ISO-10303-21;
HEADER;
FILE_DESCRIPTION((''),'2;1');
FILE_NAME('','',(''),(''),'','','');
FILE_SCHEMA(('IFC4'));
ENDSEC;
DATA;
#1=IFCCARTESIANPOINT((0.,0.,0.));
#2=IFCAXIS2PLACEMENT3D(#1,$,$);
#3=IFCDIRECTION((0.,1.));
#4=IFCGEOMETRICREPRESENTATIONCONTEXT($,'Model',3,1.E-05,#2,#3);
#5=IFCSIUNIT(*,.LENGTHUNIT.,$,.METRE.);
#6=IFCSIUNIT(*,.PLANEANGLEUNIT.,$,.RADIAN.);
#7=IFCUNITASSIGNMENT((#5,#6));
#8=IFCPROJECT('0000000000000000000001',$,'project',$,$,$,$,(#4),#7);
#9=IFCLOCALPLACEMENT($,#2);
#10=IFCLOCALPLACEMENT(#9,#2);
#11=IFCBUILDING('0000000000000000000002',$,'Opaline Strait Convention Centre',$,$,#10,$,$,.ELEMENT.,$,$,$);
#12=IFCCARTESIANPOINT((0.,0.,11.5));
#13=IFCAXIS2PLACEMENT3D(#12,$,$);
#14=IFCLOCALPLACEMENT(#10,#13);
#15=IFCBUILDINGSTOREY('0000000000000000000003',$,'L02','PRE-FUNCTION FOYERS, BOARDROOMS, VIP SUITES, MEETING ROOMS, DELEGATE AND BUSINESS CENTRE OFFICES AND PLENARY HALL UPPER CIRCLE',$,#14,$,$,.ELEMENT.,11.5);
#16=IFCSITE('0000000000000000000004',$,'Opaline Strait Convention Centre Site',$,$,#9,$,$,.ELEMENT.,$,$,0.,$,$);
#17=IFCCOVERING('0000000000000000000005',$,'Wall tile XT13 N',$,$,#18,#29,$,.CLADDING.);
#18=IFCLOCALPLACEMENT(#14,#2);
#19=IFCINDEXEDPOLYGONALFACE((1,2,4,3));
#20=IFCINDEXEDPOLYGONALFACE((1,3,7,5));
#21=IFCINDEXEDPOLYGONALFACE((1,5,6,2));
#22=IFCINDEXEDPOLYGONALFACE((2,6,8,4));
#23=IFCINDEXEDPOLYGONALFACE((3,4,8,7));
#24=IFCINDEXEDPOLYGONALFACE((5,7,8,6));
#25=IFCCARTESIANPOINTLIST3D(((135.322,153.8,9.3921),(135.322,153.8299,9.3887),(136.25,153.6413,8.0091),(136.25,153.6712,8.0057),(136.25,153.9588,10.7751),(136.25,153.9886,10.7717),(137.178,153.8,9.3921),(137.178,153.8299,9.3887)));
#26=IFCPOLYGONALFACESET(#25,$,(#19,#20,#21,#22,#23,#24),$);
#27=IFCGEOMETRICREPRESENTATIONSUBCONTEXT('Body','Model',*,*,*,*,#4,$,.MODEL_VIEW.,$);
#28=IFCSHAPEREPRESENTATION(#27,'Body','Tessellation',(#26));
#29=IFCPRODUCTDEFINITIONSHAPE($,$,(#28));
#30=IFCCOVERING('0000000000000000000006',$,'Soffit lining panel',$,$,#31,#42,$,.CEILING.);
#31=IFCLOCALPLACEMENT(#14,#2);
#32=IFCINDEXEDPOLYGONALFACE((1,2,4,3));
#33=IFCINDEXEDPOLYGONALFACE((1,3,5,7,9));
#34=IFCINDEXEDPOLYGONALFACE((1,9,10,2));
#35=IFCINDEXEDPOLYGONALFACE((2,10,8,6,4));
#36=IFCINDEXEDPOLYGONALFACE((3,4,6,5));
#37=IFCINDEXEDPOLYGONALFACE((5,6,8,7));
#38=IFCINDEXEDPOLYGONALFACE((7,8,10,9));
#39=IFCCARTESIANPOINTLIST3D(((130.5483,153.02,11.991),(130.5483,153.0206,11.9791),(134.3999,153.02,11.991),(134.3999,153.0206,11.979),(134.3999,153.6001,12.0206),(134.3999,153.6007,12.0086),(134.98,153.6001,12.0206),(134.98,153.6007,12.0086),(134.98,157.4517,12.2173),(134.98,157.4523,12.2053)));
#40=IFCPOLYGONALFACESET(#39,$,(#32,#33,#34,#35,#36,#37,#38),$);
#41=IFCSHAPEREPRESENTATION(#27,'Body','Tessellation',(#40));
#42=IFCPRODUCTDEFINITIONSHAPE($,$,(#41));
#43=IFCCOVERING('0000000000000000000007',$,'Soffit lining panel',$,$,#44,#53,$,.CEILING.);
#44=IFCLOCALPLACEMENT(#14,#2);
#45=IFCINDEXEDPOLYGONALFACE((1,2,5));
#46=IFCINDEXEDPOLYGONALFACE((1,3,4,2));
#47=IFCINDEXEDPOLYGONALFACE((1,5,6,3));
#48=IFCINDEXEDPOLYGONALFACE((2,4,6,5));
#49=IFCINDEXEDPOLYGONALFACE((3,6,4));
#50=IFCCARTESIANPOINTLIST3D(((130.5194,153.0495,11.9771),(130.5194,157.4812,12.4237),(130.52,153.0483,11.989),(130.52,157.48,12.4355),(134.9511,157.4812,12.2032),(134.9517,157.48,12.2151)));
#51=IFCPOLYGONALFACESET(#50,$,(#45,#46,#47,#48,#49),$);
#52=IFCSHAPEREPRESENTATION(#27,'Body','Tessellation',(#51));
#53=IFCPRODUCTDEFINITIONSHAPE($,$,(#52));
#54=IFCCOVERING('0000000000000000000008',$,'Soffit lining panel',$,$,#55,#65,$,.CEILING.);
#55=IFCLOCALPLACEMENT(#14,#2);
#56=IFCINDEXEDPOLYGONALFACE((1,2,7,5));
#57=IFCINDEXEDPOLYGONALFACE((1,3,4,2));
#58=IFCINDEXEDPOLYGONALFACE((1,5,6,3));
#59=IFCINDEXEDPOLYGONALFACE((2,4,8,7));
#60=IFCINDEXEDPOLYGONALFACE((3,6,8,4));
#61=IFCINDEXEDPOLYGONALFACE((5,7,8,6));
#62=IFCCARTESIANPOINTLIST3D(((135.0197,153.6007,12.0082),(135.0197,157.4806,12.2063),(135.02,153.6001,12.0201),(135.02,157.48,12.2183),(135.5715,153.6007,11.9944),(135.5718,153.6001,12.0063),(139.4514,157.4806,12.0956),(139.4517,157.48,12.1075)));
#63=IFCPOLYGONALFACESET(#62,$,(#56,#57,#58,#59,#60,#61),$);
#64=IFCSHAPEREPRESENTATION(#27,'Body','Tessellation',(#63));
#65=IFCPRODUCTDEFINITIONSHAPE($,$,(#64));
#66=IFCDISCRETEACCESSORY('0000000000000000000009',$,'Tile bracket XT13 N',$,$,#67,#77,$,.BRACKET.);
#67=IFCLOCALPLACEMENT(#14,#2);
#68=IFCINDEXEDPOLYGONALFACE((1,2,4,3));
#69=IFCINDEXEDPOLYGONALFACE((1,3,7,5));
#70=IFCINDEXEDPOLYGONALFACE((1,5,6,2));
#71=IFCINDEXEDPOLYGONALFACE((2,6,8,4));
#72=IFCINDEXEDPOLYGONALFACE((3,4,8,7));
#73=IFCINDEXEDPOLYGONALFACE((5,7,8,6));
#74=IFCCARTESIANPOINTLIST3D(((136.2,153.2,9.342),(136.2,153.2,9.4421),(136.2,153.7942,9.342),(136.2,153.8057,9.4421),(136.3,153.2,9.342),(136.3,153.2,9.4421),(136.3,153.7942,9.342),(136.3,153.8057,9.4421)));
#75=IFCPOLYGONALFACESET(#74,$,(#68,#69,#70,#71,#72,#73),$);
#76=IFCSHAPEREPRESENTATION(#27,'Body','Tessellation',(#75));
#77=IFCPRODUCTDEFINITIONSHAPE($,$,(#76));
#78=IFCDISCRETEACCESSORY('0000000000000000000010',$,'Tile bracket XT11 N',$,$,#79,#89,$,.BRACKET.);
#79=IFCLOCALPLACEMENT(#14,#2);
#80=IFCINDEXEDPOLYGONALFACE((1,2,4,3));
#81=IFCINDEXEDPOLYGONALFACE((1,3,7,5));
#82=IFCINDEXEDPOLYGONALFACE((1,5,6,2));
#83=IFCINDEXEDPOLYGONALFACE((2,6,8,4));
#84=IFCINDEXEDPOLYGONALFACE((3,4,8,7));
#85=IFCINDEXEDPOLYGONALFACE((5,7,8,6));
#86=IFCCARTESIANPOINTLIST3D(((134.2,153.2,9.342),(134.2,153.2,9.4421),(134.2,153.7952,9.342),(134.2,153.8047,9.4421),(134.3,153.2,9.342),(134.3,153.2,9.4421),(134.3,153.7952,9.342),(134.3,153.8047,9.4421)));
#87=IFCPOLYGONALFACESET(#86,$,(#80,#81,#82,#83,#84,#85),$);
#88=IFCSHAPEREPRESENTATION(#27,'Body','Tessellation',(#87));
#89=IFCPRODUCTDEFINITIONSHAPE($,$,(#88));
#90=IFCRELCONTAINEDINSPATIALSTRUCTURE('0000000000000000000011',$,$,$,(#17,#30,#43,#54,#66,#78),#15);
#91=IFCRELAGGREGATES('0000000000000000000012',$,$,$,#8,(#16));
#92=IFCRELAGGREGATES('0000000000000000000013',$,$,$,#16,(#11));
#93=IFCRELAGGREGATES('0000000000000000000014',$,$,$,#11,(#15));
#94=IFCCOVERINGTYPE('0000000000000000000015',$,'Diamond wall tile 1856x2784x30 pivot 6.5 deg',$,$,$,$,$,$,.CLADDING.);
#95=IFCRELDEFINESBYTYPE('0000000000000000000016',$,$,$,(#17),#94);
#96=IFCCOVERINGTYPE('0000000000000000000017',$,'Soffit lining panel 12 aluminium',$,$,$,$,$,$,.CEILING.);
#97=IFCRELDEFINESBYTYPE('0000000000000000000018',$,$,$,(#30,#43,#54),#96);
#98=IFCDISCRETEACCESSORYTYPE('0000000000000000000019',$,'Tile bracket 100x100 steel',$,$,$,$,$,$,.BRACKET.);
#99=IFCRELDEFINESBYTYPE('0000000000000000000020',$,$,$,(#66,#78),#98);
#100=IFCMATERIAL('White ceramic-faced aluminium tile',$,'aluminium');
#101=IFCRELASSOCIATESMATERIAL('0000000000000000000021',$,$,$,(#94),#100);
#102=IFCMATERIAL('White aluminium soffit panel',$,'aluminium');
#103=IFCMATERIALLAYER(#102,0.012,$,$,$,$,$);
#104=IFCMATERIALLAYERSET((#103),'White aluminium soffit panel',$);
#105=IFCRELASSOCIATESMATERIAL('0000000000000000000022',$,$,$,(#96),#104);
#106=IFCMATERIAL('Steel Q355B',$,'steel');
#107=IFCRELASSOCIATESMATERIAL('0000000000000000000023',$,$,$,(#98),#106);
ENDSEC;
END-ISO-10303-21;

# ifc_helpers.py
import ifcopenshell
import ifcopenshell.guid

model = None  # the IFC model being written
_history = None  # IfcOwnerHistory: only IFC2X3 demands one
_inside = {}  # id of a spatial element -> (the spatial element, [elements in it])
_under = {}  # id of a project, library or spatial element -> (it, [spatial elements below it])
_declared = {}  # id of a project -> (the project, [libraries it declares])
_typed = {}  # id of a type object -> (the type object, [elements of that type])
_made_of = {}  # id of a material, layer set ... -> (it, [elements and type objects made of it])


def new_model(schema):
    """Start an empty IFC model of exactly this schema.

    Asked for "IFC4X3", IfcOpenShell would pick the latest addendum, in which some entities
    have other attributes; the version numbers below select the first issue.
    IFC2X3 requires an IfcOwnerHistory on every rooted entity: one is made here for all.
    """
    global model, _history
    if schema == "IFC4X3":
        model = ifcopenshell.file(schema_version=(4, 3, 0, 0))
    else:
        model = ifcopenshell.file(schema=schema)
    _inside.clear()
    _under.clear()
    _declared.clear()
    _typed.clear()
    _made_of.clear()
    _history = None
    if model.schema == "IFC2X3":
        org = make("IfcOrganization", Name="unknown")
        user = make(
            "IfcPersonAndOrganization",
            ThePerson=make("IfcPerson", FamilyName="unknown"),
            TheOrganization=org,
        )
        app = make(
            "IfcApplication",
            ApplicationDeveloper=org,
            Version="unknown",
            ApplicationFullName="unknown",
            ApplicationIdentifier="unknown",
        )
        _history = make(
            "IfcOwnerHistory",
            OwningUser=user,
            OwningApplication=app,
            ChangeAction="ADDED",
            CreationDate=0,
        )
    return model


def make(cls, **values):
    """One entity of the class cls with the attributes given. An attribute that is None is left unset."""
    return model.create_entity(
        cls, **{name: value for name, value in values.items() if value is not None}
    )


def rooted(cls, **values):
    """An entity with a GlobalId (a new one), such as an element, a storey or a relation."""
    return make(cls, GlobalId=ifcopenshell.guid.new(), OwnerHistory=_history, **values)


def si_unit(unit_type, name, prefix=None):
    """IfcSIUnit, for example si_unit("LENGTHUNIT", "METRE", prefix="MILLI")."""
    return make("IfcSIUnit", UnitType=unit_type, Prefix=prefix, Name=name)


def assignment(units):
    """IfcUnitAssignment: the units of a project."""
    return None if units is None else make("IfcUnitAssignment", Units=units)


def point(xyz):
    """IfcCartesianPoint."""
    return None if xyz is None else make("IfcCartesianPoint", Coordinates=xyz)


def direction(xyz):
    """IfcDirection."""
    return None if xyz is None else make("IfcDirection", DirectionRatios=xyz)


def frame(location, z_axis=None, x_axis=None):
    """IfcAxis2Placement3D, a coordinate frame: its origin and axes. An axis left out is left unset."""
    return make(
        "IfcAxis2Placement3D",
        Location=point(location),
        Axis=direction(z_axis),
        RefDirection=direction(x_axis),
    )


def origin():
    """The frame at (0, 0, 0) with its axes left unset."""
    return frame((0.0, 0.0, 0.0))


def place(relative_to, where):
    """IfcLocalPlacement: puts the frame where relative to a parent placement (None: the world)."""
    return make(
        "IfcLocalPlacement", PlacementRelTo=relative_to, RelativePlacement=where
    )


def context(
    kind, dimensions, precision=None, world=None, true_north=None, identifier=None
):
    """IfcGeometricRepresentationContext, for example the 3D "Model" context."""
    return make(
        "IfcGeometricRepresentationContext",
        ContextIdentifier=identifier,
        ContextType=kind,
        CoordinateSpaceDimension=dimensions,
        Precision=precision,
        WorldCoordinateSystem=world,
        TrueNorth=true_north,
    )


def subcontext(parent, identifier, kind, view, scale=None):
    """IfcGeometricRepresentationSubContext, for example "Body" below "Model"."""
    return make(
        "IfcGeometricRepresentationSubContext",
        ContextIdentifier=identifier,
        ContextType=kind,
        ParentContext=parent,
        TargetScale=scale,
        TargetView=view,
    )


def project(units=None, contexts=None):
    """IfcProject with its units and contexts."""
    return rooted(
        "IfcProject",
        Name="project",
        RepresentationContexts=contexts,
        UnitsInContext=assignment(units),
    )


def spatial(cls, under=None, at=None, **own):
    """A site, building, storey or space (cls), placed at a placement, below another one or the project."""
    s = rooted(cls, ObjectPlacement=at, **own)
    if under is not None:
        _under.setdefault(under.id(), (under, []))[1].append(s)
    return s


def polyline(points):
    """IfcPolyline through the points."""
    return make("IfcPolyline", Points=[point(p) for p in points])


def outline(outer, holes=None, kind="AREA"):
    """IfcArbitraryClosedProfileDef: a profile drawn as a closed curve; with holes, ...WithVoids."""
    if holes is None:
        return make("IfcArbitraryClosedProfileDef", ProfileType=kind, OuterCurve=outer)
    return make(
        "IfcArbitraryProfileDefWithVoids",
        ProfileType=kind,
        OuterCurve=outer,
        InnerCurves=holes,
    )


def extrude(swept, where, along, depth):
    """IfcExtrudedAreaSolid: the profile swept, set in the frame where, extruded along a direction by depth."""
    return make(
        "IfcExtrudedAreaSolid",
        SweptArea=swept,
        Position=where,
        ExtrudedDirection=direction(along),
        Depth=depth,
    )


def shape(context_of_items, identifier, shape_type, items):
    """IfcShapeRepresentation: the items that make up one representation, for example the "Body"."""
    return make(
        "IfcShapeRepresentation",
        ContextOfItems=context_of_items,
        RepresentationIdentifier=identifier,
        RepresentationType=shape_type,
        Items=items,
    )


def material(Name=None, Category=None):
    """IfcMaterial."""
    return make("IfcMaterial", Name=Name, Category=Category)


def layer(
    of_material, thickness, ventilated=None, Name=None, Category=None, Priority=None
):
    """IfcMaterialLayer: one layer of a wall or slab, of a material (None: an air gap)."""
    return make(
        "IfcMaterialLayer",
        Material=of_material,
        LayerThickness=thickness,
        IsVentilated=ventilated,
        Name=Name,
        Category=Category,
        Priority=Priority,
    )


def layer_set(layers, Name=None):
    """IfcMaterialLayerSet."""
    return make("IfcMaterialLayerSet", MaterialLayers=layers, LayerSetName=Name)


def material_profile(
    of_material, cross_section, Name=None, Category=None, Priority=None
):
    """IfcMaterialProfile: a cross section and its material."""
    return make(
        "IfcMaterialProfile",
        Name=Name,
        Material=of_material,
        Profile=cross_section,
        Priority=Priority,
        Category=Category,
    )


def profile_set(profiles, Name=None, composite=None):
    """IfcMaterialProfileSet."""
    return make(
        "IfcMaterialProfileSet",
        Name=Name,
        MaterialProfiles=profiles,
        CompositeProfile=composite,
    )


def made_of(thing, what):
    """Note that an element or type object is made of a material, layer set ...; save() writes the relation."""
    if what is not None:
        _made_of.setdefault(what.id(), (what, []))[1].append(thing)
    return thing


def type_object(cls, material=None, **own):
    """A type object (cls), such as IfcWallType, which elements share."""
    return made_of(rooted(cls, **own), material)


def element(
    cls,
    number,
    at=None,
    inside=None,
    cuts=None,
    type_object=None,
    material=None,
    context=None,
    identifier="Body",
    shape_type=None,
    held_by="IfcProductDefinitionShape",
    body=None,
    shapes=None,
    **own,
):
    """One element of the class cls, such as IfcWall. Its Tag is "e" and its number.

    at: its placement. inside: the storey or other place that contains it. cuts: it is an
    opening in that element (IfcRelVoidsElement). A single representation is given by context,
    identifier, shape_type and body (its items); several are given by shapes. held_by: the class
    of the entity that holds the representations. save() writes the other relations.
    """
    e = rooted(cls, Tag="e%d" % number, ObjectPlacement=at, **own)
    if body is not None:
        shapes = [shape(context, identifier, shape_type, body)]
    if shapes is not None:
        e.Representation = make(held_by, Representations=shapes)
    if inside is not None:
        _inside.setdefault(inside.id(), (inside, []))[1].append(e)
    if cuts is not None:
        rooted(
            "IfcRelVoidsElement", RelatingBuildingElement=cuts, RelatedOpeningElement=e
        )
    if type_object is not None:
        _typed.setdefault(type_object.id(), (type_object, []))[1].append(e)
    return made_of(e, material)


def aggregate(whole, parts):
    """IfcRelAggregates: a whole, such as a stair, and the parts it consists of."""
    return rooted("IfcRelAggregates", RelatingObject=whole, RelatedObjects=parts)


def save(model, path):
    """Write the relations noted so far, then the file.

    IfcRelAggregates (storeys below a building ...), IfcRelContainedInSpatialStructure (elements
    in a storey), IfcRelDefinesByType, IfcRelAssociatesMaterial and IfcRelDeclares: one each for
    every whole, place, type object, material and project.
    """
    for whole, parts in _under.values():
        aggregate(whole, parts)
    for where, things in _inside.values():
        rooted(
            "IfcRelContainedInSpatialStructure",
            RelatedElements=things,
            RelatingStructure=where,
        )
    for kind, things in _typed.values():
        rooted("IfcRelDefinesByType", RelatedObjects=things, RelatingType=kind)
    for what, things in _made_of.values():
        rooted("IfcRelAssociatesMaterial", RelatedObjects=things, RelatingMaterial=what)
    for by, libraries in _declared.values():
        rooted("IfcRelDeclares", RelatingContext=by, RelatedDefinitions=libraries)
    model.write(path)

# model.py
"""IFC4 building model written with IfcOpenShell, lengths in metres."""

from ifc_helpers import new_model, si_unit, direction, frame, origin, place, context, subcontext, project, spatial, polyline, outline, extrude, material, layer, layer_set, material_profile, profile_set, type_object, element, save


model = new_model("IFC4")

# Units and contexts
model_context = context("Model", 3, precision=1e-05, world=origin(), true_north=direction((0.0, 1.0)))
body_context = subcontext(model_context, "Body", "Model", "MODEL_VIEW")
ifc_project = project(units=[si_unit("LENGTHUNIT", "METRE"), si_unit("PLANEANGLEUNIT", "RADIAN")], contexts=[model_context])

# Site, building, storey
site_placement = place(None, origin())
site = spatial("IfcSite", under=ifc_project, at=site_placement, Name="Opaline Strait Convention Centre Site", CompositionType="ELEMENT", RefElevation=0.0)
building_placement = place(site_placement, origin())
building = spatial("IfcBuilding", under=site, at=building_placement, Name="Opaline Strait Convention Centre", CompositionType="ELEMENT")
storey_placement = place(building_placement, frame((0.0, 0.0, 11.5)))
storey = spatial("IfcBuildingStorey", under=building, at=storey_placement, Name="L02", Description="PRE-FUNCTION FOYERS, BOARDROOMS, VIP SUITES, MEETING ROOMS, DELEGATE AND BUSINESS CENTRE OFFICES AND PLENARY HALL UPPER CIRCLE", CompositionType="ELEMENT", Elevation=11.5)

# Shared definitions
ifc_material_1 = material(Name="Steel Q355B", Category="steel")

# Coverings
ifc_material_2 = material(Name="White ceramic-faced aluminium tile", Category="aluminium")
ifc_material_profile_1 = material_profile(ifc_material_2, outline(polyline([(0.928, 0.0), (0.0, 1.3921), (-0.928, 0.0), (0.0, -1.3921), (0.928, 0.0)])), Name="Diamond tile 1856x2784")
ifc_profile_set_1 = profile_set([ifc_material_profile_1], Name="White ceramic-faced aluminium tile")
covering_type_1 = type_object("IfcCoveringType", Name="Diamond wall tile 1856x2784x30 pivot 6.5 deg", PredefinedType="CLADDING", material=ifc_profile_set_1)
covering_1_placement = place(storey_placement, frame((136.25, 153.8, 9.3921), z_axis=(0.0, 0.99348, -0.114006), x_axis=(-1.0, 0.0, 0.0)))
element("IfcCovering", 1, at=covering_1_placement, inside=storey, type_object=covering_type_1, Name="Wall tile XT13 N", PredefinedType="CLADDING", context=body_context, shape_type="SweptSolid", body=[
    extrude(outline(polyline([(0.928, 0.0), (0.0, 1.3921), (-0.928, 0.0), (0.0, -1.3921), (0.928, 0.0)])), origin(), (0.0, 0.0, 1.0), 0.03),
])
ifc_material_3 = material(Name="White aluminium soffit panel", Category="aluminium")
ifc_layer_1 = layer(ifc_material_3, 0.012)
ifc_layer_set_1 = layer_set([ifc_layer_1], Name="White aluminium soffit panel")
covering_type_2 = type_object("IfcCoveringType", Name="Soffit lining panel 12 aluminium", PredefinedType="CEILING", material=ifc_layer_set_1)
covering_2_placement = place(storey_placement, frame((134.98, 157.4517, 12.2173), z_axis=(0.000019, -0.051007, 0.998698), x_axis=(0.0, -0.998698, -0.051007)))
element("IfcCovering", 2, at=covering_2_placement, inside=storey, type_object=covering_type_2, Name="Soffit lining panel", PredefinedType="CEILING", context=body_context, shape_type="SweptSolid", body=[
    extrude(outline(polyline([(0.0, 0.0), (3.8566, 0.0), (3.8566, -0.5801), (4.4374, -0.5801), (4.4374, -4.4316), (0.0, 0.0)])), origin(), (0.0, 0.0, -1.0), 0.012),
])
covering_3_placement = place(storey_placement, frame((130.52, 153.0483, 11.989), z_axis=(0.049435, -0.10013, 0.993745), x_axis=(0.0, 0.994962, 0.100253)))
element("IfcCovering", 3, at=covering_3_placement, inside=storey, type_object=covering_type_2, Name="Soffit lining panel", PredefinedType="CEILING", context=body_context, shape_type="SweptSolid", body=[
    extrude(outline(polyline([(0.0, 0.0), (4.4541, 0.0), (4.432, -4.4371), (0.0, 0.0)])), origin(), (0.0, 0.0, -1.0), 0.012),
])
covering_4_placement = place(storey_placement, frame((135.02, 157.48, 12.2183), z_axis=(0.024945, -0.050983, 0.998388), x_axis=(0.999688, -0.000001, -0.024978)))
element("IfcCovering", 4, at=covering_4_placement, inside=storey, type_object=covering_type_2, Name="Soffit lining panel", PredefinedType="CEILING", context=body_context, shape_type="SweptSolid", body=[
    extrude(outline(polyline([(0.0, 0.0), (4.433, 0.0), (0.5569, -3.8849), (0.005, -3.8849), (0.0, 0.0)])), origin(), (0.0, 0.0, -1.0), 0.012),
])

# Discrete accessories
discrete_accessory_type = type_object("IfcDiscreteAccessoryType", Name="Tile bracket 100x100 steel", PredefinedType="BRACKET", material=ifc_material_1)
discrete_accessory_1_placement = place(storey_placement, frame((136.3, 153.2, 9.3921), z_axis=(-1.0, 0.0, 0.0), x_axis=(0.0, -1.0, 0.0)))
element("IfcDiscreteAccessory", 5, at=discrete_accessory_1_placement, inside=storey, type_object=discrete_accessory_type, Name="Tile bracket XT13 N", PredefinedType="BRACKET", context=body_context, shape_type="SweptSolid", body=[
    extrude(outline(polyline([(0.0, -0.05), (0.0, 0.05), (-0.6057, 0.05), (-0.5942, -0.05), (0.0, -0.05)])), origin(), (0.0, 0.0, 1.0), 0.1001),
])
discrete_accessory_2_placement = place(storey_placement, frame((134.3, 153.2, 9.3921), z_axis=(-1.0, 0.0, 0.0), x_axis=(0.0, -1.0, 0.0)))
element("IfcDiscreteAccessory", 6, at=discrete_accessory_2_placement, inside=storey, type_object=discrete_accessory_type, Name="Tile bracket XT11 N", PredefinedType="BRACKET", context=body_context, shape_type="SweptSolid", body=[
    extrude(outline(polyline([(0.0, -0.05), (0.0, 0.05), (-0.6047, 0.05), (-0.5952, -0.05), (0.0, -0.05)])), origin(), (0.0, 0.0, 1.0), 0.1001),
])

save(model, "model.ifc")
